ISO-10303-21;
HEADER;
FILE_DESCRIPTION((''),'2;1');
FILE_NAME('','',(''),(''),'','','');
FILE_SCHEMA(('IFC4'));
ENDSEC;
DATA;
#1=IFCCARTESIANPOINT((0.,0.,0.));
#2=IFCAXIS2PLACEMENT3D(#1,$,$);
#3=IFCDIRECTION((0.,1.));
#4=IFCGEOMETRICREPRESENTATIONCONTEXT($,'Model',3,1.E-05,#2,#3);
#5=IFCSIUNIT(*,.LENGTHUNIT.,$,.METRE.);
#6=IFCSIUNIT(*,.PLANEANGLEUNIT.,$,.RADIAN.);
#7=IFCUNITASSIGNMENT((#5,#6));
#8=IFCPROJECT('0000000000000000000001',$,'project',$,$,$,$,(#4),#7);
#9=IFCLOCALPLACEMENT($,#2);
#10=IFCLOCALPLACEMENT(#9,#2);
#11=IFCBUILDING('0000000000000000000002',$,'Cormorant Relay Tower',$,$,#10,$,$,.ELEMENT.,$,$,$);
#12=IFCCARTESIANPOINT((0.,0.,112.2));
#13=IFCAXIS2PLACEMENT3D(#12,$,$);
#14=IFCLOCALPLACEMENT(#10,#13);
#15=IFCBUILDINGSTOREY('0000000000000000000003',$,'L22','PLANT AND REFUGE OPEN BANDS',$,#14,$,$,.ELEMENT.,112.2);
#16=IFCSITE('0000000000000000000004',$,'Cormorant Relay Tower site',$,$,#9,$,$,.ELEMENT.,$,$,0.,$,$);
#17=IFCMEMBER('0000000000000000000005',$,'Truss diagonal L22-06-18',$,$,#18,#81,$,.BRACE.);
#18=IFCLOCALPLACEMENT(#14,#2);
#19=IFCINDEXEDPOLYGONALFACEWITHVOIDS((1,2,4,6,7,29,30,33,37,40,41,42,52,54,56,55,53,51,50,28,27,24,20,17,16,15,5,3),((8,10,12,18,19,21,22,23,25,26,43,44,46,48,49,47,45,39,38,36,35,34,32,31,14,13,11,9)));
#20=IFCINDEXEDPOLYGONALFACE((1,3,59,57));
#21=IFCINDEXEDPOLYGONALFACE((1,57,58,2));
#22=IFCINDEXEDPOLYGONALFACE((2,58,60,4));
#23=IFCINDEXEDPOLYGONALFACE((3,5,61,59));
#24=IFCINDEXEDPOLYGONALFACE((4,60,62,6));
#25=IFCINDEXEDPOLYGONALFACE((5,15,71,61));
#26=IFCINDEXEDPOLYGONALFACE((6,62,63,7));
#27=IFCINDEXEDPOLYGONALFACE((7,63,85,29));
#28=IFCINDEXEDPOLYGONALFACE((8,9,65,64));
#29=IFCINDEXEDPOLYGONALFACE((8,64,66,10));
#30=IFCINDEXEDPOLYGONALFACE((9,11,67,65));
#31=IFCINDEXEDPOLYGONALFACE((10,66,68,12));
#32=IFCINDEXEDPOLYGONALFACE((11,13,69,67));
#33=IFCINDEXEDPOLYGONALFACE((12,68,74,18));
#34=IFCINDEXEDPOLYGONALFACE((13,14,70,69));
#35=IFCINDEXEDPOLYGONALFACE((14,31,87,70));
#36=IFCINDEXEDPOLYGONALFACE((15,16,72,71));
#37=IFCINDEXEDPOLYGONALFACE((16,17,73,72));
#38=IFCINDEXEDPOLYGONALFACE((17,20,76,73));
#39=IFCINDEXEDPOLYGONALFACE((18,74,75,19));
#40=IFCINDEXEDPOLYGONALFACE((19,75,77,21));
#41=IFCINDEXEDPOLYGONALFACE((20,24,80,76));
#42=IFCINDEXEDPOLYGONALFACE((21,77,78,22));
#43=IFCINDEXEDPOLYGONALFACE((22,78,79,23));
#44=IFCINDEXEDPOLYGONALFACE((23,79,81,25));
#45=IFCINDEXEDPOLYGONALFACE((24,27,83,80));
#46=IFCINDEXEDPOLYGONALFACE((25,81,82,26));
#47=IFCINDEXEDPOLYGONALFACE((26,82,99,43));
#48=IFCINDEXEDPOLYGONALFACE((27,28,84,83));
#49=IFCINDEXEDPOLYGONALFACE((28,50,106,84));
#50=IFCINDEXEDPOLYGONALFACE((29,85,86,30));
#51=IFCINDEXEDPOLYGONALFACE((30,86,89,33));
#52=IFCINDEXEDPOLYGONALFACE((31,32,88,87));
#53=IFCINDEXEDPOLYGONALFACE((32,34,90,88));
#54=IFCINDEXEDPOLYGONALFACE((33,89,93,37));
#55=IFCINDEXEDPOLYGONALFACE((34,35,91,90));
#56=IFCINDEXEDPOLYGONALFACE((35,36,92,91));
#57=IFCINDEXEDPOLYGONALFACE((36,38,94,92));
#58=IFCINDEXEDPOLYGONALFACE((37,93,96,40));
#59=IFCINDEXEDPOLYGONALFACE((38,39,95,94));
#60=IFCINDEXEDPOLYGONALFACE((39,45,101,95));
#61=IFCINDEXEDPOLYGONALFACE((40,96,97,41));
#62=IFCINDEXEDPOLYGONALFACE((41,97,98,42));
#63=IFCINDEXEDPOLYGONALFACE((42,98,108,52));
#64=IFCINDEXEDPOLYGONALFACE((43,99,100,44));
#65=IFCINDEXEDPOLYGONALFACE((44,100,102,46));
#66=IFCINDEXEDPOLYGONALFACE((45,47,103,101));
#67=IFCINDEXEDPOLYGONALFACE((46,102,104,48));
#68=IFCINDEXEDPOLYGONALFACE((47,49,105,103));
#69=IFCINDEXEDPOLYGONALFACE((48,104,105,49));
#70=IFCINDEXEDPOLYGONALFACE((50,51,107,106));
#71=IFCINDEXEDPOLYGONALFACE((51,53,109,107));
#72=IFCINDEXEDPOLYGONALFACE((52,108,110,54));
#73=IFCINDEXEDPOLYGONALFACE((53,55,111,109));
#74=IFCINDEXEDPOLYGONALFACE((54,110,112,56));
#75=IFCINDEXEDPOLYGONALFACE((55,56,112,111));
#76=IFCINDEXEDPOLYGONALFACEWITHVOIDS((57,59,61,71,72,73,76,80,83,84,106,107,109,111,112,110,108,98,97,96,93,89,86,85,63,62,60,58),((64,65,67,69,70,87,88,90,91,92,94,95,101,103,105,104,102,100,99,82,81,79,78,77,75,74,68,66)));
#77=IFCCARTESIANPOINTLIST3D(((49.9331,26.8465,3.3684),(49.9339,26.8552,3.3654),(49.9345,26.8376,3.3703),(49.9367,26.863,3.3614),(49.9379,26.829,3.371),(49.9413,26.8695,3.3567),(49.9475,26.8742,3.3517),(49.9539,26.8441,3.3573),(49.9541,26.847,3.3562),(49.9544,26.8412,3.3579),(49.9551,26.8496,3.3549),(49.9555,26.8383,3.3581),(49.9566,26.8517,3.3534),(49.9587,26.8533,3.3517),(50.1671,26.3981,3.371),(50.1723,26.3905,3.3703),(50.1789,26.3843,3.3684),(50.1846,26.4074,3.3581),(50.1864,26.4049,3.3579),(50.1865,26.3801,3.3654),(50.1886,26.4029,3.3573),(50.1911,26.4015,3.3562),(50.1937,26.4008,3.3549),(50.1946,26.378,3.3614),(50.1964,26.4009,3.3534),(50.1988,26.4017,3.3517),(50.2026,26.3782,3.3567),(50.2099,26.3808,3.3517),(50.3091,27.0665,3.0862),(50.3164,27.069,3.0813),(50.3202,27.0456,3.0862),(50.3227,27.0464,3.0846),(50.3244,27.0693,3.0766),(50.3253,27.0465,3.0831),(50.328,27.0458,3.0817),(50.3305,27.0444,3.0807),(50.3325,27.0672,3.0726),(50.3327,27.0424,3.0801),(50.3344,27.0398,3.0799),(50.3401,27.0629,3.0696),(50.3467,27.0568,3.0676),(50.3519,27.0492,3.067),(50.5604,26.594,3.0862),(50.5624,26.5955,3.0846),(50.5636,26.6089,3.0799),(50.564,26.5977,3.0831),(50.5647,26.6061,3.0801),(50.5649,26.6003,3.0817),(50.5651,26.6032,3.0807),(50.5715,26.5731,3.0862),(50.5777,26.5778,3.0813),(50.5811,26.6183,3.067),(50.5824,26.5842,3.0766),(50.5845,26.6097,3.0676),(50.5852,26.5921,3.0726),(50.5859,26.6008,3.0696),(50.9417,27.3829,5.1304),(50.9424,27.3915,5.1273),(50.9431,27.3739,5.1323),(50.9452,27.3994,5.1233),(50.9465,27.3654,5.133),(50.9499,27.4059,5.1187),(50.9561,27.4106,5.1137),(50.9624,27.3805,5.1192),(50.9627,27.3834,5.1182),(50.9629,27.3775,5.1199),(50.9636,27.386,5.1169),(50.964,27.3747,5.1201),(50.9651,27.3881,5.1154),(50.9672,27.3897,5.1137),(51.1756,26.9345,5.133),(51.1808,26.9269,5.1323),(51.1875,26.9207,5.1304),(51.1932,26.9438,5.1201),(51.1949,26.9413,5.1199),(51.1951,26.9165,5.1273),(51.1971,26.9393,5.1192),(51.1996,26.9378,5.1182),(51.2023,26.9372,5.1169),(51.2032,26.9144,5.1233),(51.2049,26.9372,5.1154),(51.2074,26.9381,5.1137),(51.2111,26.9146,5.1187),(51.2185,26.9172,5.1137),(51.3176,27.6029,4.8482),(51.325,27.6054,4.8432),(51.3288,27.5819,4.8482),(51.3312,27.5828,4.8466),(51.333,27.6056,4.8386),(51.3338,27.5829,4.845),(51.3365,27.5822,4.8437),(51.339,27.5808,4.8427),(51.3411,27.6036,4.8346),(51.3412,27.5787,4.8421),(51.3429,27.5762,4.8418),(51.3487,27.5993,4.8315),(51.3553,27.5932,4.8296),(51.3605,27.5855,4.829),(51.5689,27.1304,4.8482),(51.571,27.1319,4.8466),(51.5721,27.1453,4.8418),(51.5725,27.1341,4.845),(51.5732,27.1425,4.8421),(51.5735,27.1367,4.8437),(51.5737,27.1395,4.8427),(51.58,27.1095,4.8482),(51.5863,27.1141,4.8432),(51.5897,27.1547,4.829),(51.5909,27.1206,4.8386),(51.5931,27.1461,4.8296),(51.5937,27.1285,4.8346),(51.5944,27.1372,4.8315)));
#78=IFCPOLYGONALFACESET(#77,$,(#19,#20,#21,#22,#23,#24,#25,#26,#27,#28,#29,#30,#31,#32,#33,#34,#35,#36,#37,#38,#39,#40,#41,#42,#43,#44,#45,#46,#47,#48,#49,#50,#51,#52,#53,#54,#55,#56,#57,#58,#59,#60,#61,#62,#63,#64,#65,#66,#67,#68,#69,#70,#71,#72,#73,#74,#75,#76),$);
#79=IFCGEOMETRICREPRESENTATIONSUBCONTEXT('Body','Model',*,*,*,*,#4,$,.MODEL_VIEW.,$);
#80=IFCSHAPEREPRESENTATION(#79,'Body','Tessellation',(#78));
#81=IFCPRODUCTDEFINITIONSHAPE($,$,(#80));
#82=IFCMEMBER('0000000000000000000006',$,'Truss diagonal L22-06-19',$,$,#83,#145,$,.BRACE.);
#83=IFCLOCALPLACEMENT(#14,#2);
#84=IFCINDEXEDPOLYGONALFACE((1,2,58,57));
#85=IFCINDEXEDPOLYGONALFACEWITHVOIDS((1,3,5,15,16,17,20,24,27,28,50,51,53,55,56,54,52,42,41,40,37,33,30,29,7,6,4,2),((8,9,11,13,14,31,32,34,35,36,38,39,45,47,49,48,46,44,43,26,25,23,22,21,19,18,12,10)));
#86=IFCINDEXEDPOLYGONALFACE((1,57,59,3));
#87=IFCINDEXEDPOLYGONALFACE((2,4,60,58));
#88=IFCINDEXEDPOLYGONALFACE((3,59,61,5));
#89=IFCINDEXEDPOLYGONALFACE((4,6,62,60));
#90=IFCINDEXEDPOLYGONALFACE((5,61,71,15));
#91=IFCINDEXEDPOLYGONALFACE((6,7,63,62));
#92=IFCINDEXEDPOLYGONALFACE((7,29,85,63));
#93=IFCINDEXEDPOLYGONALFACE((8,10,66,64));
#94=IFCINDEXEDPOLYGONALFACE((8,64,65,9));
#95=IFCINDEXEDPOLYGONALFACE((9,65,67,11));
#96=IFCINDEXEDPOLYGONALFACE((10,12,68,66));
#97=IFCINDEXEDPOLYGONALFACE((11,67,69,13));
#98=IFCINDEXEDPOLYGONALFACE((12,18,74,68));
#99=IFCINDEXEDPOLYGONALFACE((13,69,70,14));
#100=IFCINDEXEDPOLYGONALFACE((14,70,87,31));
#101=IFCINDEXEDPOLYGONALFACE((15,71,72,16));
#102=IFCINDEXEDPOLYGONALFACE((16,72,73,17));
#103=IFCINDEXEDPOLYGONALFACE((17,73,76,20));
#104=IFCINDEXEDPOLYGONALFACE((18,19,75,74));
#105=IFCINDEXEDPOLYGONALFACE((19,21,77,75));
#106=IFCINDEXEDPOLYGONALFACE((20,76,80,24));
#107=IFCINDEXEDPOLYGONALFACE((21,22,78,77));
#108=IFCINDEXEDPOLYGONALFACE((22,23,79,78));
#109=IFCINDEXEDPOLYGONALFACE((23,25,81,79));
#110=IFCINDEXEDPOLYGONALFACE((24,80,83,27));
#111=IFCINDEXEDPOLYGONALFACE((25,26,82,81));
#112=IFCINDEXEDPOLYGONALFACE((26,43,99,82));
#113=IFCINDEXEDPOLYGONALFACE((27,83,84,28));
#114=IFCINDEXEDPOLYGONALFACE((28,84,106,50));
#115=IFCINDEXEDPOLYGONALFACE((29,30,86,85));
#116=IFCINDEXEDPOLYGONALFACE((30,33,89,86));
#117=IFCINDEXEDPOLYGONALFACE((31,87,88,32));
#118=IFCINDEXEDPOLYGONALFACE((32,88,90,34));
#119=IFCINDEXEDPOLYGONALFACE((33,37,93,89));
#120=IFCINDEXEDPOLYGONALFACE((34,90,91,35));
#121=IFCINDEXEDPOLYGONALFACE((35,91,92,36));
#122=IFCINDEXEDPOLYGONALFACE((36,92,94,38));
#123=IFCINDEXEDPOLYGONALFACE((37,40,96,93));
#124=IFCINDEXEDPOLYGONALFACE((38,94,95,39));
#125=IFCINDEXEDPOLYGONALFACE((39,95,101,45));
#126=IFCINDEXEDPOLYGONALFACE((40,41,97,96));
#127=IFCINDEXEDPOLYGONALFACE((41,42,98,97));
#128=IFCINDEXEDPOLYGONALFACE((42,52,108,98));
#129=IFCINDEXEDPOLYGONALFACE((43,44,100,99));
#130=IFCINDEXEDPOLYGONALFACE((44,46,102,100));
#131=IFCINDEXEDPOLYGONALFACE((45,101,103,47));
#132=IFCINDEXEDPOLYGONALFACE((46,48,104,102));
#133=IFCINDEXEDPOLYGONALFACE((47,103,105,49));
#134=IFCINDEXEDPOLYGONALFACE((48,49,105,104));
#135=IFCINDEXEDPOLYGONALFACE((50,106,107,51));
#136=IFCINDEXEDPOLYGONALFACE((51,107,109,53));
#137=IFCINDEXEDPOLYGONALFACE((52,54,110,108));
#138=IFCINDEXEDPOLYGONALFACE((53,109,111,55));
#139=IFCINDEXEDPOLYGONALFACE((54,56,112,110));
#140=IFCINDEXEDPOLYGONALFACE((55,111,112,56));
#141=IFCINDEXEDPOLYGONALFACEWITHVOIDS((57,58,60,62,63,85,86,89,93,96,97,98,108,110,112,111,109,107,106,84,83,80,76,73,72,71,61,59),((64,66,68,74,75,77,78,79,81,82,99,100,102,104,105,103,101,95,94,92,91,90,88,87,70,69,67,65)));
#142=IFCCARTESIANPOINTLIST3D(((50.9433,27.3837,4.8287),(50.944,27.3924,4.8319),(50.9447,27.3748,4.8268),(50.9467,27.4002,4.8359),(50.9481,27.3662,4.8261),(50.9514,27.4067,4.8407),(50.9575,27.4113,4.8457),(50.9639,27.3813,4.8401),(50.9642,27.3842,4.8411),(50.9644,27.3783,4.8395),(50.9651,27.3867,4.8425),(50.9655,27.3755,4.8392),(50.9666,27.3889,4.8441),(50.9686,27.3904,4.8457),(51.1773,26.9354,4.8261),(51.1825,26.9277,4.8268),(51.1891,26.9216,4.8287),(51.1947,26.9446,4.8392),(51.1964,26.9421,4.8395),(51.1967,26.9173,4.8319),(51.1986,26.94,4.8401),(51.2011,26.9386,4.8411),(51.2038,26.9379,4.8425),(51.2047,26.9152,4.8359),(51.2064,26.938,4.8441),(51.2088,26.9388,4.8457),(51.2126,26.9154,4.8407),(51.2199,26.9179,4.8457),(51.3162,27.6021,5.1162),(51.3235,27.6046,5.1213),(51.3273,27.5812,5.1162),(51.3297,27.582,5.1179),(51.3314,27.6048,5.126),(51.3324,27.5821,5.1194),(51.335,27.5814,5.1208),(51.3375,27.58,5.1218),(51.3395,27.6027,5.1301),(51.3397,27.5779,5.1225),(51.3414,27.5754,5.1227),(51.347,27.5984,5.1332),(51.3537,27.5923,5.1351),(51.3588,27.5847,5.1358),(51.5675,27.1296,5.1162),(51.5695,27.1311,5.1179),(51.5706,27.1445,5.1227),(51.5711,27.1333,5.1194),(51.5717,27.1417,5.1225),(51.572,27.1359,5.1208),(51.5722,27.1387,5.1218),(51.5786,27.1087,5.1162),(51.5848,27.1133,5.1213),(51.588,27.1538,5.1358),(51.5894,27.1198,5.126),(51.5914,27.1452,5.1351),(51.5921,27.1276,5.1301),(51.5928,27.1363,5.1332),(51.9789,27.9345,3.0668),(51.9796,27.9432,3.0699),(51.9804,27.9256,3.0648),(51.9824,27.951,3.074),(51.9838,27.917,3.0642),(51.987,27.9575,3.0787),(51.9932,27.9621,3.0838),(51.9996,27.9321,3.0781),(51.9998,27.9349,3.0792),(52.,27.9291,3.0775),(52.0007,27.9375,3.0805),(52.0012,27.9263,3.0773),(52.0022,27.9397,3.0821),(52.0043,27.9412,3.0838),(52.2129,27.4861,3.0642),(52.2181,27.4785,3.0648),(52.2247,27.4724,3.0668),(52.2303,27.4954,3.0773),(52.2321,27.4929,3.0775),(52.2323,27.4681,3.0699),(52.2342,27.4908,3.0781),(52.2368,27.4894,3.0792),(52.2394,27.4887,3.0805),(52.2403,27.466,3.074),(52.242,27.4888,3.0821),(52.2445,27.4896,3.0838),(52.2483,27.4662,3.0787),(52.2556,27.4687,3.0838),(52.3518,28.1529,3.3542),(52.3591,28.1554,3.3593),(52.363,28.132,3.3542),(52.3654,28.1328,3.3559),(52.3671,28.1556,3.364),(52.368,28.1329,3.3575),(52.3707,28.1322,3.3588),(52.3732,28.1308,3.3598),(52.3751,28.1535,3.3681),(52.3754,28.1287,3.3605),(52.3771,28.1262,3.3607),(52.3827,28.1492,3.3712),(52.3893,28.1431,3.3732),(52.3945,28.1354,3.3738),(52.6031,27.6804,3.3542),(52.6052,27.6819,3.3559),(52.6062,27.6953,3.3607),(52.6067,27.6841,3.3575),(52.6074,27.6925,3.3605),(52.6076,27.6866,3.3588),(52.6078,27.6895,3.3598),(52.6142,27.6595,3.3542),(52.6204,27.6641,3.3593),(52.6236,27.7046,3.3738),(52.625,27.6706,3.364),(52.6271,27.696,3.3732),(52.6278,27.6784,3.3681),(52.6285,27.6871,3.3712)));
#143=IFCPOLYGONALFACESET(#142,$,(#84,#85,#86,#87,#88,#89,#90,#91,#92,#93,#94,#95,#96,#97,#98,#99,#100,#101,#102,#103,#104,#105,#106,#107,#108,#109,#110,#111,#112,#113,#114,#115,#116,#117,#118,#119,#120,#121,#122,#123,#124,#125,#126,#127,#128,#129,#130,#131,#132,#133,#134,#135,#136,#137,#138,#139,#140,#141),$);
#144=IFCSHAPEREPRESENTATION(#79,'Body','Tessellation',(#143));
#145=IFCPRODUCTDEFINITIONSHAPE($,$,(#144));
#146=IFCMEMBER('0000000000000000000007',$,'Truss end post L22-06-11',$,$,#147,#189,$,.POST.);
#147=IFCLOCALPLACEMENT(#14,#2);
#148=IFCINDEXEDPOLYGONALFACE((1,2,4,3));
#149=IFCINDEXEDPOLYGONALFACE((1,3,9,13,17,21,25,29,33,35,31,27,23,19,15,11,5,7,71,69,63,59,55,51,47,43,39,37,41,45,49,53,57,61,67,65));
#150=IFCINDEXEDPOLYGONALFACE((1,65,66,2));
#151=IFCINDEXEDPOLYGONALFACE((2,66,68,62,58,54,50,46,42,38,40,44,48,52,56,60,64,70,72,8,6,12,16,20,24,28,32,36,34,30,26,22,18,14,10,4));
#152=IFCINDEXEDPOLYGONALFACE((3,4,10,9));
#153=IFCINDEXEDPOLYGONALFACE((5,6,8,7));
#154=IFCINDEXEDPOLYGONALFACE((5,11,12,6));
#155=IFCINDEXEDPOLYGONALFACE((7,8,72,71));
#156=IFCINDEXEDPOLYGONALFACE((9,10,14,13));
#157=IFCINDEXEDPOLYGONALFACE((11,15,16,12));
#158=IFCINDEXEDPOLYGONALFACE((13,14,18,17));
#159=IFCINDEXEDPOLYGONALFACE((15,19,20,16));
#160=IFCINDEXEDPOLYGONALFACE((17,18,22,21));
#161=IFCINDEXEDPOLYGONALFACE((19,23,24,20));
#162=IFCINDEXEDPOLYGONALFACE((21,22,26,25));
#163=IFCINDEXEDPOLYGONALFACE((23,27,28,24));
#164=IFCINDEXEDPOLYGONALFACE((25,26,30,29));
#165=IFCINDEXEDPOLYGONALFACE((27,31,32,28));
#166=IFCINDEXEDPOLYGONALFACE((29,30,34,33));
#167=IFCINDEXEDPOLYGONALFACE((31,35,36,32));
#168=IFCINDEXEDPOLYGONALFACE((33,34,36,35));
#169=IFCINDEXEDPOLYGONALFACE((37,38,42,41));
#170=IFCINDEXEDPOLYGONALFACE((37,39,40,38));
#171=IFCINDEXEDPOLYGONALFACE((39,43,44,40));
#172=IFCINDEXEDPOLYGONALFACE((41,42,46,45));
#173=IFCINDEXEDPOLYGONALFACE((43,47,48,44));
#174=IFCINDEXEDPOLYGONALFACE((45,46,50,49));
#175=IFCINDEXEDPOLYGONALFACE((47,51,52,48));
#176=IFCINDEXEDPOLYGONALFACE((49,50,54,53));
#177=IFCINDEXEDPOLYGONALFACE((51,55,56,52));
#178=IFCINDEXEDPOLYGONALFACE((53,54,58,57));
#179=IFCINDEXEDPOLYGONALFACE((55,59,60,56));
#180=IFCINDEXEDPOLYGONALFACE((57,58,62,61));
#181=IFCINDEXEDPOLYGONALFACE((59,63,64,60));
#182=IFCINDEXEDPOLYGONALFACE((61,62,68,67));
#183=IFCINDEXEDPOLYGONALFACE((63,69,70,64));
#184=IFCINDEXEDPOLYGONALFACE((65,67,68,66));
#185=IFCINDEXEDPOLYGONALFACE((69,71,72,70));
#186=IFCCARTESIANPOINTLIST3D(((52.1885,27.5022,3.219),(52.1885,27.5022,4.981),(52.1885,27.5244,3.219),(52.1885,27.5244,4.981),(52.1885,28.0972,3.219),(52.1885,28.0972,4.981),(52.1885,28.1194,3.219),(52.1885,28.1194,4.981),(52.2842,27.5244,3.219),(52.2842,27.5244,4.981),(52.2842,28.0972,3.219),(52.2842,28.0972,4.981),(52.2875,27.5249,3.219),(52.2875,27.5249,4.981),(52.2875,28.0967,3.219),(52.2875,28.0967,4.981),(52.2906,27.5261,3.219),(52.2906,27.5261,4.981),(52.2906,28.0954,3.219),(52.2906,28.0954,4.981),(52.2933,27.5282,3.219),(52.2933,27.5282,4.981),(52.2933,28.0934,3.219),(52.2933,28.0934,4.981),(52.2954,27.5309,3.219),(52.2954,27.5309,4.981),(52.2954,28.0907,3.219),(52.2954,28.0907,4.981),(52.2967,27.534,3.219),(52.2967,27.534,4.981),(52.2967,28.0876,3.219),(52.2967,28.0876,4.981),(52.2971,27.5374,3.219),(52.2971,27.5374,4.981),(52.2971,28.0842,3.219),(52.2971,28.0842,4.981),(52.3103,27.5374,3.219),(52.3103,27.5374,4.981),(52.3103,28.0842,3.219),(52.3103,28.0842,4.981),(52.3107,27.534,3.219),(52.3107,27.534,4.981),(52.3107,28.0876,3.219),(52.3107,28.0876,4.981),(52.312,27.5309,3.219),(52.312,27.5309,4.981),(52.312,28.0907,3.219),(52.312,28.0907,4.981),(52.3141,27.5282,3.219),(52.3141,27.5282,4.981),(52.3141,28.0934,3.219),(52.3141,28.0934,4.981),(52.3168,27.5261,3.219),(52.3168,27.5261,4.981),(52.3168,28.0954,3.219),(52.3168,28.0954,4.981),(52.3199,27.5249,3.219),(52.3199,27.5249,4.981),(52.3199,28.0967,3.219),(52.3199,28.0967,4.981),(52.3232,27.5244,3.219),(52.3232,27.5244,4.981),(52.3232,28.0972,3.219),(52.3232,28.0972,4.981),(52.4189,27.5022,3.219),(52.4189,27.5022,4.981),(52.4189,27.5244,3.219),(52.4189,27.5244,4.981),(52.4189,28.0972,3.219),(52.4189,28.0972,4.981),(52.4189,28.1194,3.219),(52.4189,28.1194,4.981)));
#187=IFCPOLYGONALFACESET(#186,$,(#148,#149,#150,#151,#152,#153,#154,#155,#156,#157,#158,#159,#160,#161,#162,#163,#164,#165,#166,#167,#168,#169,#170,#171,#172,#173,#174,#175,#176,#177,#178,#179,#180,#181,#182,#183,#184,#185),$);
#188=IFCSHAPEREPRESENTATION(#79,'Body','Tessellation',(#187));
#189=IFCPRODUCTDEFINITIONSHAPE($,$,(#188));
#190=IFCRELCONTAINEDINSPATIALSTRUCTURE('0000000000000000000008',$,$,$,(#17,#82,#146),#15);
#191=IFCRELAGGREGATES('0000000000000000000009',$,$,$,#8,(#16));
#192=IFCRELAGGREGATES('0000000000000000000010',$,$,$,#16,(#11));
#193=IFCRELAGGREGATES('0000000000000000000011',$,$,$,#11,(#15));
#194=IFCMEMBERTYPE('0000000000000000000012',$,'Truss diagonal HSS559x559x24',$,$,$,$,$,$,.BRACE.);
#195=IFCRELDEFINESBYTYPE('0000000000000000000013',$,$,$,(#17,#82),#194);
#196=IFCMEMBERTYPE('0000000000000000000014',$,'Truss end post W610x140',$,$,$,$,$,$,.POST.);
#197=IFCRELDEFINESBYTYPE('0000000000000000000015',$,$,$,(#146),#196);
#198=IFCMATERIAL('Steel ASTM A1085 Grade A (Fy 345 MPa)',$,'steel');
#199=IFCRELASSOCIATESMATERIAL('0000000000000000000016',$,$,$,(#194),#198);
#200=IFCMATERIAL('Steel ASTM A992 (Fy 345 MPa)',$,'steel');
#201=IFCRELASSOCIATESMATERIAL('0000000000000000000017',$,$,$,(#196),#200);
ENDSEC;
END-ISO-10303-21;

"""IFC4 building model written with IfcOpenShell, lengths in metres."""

from ifc_helpers import new_model, si_unit, direction, frame, origin, origin_2d, place, context, subcontext, project, spatial, hollow_rectangle, i_section, extrude, material, material_profile, profile_set, type_object, element, save


model = new_model("IFC4")

# Units and contexts
model_context = context("Model", 3, precision=1e-05, world=origin(), true_north=direction((0.0, 1.0)))
body_context = subcontext(model_context, "Body", "Model", "MODEL_VIEW")
ifc_project = project(units=[si_unit("LENGTHUNIT", "METRE"), si_unit("PLANEANGLEUNIT", "RADIAN")], contexts=[model_context])

# Site, building, storey
site_placement = place(None, origin())
site = spatial("IfcSite", under=ifc_project, at=site_placement, Name="Cormorant Relay Tower site", CompositionType="ELEMENT", RefElevation=0.0)
building_placement = place(site_placement, origin())
building = spatial("IfcBuilding", under=site, at=building_placement, Name="Cormorant Relay Tower", CompositionType="ELEMENT")
storey_placement = place(building_placement, frame((0.0, 0.0, 112.2)))
storey = spatial("IfcBuildingStorey", under=building, at=storey_placement, Name="L22", Description="PLANT AND REFUGE OPEN BANDS", CompositionType="ELEMENT", Elevation=112.2)

# Members
ifc_material_1 = material(Name="Steel ASTM A1085 Grade A (Fy 345 MPa)", Category="steel")
ifc_material_profile_1 = material_profile(ifc_material_1, hollow_rectangle(XDim=0.5588, YDim=0.5588, WallThickness=0.0237, InnerFilletRadius=0.0117, OuterFilletRadius=0.0354, at=origin_2d()), Name="HSS559x559x24")
ifc_profile_set_1 = profile_set([ifc_material_profile_1], Name="Steel ASTM A1085 Grade A (Fy 345 MPa)")
member_type_1 = type_object("IfcMemberType", Name="Truss diagonal HSS559x559x24", PredefinedType="BRACE", material=ifc_profile_set_1)
for number, where, z_axis, x_axis, name in (
    (1, (50.2595, 26.7236, 3.219), (0.480293, 0.255436, 0.839089), (-0.469556, 0.882903, 0.0), "Truss diagonal L22-06-18"),
):
    element("IfcMember", number, at=place(storey_placement, frame(where, z_axis=z_axis, x_axis=x_axis)), inside=storey, type_object=member_type_1, Name=name, PredefinedType="BRACE", context=body_context, shape_type="SweptSolid", body=[
        extrude(hollow_rectangle(XDim=0.5588, YDim=0.5588, WallThickness=0.0237, InnerFilletRadius=0.0117, OuterFilletRadius=0.0354, at=origin_2d()), origin(), (0.0, 0.0, 1.0), 2.0999),
    ])
member_1_placement = place(storey_placement, frame((51.2681, 27.26, 4.981), z_axis=(0.489272, 0.260207, -0.832409), x_axis=(-0.469551, 0.882905, 0.0)))
element("IfcMember", 2, at=member_1_placement, inside=storey, type_object=member_type_1, Name="Truss diagonal L22-06-19", PredefinedType="BRACE", context=body_context, shape_type="SweptSolid", body=[
    extrude(hollow_rectangle(XDim=0.5588, YDim=0.5588, WallThickness=0.0237, InnerFilletRadius=0.0117, OuterFilletRadius=0.0354, at=origin_2d()), origin(), (0.0, 0.0, 1.0), 2.1167),
])
ifc_material_2 = material(Name="Steel ASTM A992 (Fy 345 MPa)", Category="steel")
ifc_material_profile_2 = material_profile(ifc_material_2, i_section(OverallWidth=0.2305, OverallDepth=0.6172, WebThickness=0.0132, FlangeThickness=0.0222, FilletRadius=0.0129, at=origin_2d()), Name="W610x140")
ifc_profile_set_2 = profile_set([ifc_material_profile_2], Name="Steel ASTM A992 (Fy 345 MPa)")
member_type_2 = type_object("IfcMemberType", Name="Truss end post W610x140", PredefinedType="POST", material=ifc_profile_set_2)
member_2_placement = place(storey_placement, frame((52.3037, 27.8108, 3.219), z_axis=(0.0, 0.0, 1.0), x_axis=(1.0, 0.0, 0.0)))
element("IfcMember", 3, at=member_2_placement, inside=storey, type_object=member_type_2, Name="Truss end post L22-06-11", PredefinedType="POST", context=body_context, shape_type="SweptSolid", body=[
    extrude(i_section(OverallWidth=0.2305, OverallDepth=0.6172, WebThickness=0.0132, FlangeThickness=0.0222, FilletRadius=0.0129, at=origin_2d()), origin(), (0.0, 0.0, 1.0), 1.762),
])

save(model, "model.ifc")
